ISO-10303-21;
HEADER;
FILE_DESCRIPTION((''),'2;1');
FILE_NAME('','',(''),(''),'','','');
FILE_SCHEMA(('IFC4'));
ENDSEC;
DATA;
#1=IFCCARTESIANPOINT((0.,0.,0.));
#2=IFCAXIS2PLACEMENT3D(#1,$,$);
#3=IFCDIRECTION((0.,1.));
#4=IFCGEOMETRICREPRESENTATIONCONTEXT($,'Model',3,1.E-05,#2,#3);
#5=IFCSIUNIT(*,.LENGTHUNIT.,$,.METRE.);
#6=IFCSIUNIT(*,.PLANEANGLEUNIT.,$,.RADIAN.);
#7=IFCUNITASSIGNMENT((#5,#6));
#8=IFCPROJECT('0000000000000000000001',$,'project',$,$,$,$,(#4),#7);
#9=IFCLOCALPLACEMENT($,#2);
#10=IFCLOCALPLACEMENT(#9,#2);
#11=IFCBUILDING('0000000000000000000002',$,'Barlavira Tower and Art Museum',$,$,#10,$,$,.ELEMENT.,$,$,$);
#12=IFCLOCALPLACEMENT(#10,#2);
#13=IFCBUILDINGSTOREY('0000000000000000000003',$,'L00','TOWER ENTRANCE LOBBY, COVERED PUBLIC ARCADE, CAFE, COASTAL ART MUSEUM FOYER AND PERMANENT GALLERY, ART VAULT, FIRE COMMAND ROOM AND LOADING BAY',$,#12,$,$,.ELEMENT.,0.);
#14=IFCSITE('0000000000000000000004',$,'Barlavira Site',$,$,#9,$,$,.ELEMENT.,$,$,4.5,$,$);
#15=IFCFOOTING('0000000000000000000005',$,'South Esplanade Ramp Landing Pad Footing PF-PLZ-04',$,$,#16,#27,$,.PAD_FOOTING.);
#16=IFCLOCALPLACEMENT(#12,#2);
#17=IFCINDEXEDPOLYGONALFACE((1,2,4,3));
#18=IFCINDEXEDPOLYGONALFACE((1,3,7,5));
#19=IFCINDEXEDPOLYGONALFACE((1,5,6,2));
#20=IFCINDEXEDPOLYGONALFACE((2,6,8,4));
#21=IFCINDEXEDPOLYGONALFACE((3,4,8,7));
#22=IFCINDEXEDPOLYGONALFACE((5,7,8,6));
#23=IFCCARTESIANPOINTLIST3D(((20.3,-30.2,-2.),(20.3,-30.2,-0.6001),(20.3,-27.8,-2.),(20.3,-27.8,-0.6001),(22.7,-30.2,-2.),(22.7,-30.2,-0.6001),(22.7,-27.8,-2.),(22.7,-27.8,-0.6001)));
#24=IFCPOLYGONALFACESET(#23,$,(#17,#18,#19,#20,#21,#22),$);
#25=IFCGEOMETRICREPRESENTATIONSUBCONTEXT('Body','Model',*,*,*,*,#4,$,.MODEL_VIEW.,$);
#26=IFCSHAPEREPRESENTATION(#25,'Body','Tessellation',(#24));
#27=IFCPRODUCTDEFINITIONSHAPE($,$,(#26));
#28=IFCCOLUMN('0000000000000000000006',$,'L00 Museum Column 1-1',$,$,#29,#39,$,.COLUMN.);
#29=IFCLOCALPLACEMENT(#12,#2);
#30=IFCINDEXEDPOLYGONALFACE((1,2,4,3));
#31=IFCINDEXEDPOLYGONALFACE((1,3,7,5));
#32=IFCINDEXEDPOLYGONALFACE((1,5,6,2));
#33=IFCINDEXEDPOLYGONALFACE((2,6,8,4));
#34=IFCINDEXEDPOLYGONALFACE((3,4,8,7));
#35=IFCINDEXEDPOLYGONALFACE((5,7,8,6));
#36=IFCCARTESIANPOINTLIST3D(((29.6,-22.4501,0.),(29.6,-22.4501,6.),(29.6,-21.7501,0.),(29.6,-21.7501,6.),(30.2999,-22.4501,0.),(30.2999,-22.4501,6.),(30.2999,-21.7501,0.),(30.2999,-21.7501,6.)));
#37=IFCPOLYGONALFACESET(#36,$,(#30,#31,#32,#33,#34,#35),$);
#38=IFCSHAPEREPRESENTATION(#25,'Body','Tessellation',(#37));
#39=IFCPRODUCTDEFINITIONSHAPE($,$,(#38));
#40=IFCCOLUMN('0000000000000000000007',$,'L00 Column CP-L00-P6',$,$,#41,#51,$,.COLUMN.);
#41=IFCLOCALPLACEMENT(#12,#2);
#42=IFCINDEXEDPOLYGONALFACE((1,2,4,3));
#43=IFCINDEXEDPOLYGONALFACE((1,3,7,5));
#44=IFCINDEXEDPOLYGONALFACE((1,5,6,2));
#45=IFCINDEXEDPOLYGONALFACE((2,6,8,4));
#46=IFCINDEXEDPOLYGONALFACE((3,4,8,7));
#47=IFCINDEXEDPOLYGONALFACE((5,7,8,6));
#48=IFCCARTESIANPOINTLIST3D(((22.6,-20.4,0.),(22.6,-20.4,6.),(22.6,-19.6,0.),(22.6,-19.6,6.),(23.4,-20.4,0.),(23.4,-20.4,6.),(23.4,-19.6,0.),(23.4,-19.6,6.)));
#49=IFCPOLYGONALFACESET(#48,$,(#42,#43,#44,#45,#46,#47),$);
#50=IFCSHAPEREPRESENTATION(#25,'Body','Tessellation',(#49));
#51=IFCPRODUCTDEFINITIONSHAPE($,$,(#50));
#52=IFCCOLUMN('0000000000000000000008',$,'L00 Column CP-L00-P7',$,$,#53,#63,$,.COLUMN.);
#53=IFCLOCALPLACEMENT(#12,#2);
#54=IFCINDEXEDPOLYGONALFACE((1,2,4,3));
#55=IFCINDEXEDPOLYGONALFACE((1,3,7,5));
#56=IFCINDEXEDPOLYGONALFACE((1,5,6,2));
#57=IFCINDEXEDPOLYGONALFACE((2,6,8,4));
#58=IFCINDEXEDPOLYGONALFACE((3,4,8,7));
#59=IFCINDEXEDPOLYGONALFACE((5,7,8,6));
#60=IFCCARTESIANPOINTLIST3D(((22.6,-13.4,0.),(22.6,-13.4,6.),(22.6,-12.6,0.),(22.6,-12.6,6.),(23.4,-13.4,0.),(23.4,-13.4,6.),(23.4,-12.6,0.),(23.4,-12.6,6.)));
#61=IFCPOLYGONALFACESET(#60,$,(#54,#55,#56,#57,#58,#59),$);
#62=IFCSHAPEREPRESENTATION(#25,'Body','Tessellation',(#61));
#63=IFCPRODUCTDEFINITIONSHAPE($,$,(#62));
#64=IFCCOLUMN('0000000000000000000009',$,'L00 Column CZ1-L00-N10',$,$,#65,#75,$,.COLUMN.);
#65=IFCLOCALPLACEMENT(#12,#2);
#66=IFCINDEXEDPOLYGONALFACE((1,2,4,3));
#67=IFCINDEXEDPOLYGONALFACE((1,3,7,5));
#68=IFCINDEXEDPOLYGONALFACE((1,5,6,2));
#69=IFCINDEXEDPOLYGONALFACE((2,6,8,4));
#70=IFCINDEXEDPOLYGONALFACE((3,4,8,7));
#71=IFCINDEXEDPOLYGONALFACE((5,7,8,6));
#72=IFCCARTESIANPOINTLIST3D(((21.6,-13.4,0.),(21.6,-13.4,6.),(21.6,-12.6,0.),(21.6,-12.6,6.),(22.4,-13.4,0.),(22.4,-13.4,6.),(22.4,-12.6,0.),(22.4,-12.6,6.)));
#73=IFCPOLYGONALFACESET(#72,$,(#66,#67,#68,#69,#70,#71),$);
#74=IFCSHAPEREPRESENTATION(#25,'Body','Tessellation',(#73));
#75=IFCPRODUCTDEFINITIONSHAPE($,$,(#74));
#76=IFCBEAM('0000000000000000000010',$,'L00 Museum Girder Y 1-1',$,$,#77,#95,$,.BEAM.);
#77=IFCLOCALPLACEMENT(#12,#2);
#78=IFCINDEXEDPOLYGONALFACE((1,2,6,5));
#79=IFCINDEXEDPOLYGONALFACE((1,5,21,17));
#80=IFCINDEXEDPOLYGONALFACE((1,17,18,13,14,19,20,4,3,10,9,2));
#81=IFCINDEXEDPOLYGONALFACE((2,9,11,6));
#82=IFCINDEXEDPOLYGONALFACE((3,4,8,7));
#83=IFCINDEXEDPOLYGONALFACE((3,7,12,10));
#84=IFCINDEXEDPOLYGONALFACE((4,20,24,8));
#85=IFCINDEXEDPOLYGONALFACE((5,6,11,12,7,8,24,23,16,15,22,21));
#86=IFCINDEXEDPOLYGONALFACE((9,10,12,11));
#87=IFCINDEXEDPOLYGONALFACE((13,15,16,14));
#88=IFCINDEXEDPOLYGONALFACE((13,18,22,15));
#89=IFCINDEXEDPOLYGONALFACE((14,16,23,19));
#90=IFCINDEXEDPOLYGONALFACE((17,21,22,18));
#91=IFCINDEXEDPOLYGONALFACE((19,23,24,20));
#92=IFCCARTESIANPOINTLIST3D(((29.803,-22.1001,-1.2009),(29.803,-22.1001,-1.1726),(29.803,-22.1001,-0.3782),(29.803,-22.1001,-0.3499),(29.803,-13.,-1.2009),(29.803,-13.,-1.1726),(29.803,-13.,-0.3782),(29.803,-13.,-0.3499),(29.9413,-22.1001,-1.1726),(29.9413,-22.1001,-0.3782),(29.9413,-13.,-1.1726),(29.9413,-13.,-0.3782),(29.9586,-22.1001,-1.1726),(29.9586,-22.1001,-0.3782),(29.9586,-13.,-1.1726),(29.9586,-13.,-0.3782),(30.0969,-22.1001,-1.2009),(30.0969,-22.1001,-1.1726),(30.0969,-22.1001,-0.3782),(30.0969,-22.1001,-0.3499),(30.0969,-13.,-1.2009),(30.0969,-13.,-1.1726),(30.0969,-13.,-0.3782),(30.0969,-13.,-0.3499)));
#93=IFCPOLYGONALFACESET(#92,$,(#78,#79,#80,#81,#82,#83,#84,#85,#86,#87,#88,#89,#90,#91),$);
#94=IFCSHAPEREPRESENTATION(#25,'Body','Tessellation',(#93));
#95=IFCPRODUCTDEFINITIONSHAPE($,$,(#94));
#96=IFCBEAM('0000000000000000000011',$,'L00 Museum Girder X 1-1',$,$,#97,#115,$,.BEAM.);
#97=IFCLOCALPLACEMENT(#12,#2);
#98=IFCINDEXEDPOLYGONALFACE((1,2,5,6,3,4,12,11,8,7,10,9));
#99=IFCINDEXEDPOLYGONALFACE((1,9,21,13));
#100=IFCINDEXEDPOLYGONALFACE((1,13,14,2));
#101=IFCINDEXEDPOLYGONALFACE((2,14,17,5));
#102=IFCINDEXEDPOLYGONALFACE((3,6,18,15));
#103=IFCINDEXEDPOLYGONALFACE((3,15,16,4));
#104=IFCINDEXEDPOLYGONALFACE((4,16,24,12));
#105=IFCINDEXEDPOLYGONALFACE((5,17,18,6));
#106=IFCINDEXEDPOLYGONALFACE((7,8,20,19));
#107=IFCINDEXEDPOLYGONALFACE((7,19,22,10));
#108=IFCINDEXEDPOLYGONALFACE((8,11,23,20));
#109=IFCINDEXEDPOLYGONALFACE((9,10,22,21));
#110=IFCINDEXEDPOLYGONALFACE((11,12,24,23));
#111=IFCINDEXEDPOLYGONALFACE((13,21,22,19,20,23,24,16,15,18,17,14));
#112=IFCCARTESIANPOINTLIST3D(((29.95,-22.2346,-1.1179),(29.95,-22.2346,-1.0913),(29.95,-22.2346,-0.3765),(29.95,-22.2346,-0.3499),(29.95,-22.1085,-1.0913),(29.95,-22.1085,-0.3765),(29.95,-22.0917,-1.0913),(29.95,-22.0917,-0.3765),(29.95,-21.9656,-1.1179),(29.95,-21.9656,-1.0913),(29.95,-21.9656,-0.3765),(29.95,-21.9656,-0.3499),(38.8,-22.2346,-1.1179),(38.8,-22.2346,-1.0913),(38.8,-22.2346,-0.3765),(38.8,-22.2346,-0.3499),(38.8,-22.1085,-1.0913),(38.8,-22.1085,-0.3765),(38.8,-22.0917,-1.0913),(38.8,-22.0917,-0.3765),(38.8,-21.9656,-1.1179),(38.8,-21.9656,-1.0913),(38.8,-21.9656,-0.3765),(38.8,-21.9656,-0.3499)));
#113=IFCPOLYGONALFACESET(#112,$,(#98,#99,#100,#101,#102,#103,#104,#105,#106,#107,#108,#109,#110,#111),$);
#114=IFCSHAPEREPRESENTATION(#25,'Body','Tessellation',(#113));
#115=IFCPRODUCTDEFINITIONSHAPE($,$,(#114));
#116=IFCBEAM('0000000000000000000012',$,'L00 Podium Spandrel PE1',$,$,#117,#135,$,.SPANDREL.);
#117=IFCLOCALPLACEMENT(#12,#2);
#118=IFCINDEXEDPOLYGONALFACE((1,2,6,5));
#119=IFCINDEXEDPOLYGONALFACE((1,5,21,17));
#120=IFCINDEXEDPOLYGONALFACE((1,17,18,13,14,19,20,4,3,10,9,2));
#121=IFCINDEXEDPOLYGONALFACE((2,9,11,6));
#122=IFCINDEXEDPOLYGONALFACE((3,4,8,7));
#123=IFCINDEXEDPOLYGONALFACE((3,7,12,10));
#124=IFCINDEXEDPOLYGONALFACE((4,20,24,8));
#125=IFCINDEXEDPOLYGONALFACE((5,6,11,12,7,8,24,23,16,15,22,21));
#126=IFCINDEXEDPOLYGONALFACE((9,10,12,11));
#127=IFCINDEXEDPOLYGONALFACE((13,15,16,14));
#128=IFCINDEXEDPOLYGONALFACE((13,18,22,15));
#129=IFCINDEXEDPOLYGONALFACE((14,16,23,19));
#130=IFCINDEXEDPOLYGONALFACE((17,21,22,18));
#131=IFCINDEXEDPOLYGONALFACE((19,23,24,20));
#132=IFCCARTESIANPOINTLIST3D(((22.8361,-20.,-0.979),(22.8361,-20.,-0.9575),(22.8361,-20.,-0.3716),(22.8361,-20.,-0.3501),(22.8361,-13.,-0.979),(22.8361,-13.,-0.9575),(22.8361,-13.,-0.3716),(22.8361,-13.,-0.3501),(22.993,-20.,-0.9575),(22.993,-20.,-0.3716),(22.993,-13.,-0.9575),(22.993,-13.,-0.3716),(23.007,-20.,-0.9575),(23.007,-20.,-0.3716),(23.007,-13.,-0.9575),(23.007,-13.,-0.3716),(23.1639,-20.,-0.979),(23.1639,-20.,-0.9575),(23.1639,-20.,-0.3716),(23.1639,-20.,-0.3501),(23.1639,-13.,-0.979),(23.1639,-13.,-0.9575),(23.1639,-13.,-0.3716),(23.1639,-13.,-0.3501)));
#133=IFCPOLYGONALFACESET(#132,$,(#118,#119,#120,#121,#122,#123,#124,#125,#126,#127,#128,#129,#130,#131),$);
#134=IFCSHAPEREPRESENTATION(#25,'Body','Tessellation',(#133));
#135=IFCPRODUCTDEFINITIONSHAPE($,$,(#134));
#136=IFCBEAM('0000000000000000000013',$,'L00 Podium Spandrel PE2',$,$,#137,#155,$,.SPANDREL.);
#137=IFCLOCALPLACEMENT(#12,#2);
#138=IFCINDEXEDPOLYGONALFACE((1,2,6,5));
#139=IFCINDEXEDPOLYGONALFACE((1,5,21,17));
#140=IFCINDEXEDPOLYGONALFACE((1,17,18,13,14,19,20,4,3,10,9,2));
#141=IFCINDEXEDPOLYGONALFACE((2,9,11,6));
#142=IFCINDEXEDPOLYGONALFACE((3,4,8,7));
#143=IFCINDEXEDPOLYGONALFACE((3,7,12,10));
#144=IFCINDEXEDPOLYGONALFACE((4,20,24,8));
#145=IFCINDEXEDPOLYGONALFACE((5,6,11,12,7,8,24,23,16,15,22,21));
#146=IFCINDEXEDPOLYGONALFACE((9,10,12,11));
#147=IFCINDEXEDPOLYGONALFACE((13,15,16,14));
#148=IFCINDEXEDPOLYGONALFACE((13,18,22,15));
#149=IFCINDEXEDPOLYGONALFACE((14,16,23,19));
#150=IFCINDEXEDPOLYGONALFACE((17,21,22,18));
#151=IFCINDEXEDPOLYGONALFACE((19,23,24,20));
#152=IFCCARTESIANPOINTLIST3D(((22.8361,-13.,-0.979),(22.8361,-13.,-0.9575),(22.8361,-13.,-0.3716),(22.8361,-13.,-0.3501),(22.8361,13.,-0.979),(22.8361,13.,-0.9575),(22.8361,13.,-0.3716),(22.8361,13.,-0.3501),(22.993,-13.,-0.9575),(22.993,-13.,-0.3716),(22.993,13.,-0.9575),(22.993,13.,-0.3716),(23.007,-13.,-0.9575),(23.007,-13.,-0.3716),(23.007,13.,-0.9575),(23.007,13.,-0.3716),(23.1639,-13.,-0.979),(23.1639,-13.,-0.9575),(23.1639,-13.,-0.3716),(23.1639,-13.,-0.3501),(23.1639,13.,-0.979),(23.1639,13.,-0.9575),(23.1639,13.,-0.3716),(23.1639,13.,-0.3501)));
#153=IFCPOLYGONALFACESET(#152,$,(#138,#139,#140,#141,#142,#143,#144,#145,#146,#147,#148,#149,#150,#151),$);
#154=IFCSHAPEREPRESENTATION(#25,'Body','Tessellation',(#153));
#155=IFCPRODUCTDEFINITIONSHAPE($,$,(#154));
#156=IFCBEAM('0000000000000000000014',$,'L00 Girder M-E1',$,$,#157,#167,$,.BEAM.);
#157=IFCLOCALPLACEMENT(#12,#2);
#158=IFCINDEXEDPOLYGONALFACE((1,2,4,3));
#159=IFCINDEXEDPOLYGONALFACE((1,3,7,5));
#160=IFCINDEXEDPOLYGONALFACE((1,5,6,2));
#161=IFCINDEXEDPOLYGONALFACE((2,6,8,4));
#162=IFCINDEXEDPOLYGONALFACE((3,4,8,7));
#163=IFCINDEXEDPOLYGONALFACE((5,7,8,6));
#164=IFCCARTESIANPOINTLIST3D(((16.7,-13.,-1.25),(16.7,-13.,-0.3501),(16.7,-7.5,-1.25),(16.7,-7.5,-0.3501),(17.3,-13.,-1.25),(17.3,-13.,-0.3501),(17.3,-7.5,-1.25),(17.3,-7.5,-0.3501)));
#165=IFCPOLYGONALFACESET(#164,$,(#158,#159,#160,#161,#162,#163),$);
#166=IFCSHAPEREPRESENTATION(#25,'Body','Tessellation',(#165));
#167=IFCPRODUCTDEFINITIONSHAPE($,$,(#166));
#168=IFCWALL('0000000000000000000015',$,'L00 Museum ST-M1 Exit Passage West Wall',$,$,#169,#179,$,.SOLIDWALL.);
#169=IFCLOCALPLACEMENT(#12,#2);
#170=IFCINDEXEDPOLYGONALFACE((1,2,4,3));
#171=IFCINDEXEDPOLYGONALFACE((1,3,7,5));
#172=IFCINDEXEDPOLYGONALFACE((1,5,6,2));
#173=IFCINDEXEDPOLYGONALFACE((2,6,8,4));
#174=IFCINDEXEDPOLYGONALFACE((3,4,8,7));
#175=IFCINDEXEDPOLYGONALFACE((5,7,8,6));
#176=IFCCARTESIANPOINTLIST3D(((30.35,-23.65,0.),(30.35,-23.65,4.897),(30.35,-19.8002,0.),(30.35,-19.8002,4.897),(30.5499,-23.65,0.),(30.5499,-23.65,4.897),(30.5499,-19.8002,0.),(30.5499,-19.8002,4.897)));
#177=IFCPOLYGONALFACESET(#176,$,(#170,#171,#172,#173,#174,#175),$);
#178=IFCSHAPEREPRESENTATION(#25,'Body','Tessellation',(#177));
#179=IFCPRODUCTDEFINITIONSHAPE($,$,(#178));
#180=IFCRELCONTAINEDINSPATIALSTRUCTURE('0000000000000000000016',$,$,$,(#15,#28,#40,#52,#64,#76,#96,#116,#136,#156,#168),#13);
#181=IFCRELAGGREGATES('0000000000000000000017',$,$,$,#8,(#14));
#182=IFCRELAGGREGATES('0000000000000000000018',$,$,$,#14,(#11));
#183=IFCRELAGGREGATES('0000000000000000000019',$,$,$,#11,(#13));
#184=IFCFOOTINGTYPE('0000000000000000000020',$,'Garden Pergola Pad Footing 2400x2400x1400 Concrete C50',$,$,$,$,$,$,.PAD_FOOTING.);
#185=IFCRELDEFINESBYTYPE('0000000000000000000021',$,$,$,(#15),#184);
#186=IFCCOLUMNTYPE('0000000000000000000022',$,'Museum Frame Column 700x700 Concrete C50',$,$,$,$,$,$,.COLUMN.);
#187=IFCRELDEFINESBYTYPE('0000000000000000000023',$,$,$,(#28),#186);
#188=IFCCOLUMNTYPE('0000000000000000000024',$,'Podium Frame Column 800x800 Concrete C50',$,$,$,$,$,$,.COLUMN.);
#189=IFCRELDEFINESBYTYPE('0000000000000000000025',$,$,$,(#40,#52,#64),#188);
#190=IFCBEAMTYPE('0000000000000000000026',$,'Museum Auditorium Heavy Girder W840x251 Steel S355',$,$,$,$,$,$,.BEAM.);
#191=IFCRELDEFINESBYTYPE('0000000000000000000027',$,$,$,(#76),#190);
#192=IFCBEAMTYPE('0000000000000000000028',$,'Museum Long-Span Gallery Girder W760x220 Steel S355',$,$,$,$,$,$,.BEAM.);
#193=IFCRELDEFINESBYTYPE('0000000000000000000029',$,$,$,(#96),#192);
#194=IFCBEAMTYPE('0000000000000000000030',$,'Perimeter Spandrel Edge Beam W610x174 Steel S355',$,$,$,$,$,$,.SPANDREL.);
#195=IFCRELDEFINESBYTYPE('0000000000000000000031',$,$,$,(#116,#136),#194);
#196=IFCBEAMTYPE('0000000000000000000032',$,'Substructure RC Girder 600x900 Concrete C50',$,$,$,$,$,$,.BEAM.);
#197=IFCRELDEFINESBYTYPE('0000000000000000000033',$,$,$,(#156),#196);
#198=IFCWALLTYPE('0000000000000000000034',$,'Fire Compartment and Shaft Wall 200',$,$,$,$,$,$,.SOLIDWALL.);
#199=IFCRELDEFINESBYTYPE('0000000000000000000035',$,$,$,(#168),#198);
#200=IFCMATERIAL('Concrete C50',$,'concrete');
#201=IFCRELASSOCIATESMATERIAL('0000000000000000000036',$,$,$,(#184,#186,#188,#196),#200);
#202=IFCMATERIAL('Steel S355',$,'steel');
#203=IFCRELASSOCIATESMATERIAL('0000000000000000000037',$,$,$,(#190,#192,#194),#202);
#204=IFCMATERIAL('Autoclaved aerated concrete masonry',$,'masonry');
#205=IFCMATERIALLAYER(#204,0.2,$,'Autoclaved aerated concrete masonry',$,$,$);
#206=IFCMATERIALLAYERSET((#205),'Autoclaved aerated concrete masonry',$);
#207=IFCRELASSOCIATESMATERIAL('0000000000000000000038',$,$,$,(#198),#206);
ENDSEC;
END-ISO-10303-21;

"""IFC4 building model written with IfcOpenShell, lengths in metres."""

from ifc_helpers import new_model, si_unit, direction, frame, frame_2d, origin, origin_2d, place, context, subcontext, project, spatial, rectangle, i_section, extrude, material, layer, layer_set, material_profile, profile_set, type_object, element, save


model = new_model("IFC4")

# Units and contexts
model_context = context("Model", 3, precision=1e-05, world=origin(), true_north=direction((0.0, 1.0)))
body_context = subcontext(model_context, "Body", "Model", "MODEL_VIEW")
ifc_project = project(units=[si_unit("LENGTHUNIT", "METRE"), si_unit("PLANEANGLEUNIT", "RADIAN")], contexts=[model_context])

# Site, building, storey
site_placement = place(None, origin())
site = spatial("IfcSite", under=ifc_project, at=site_placement, Name="Barlavira Site", CompositionType="ELEMENT", RefElevation=4.5)
building_placement = place(site_placement, origin())
building = spatial("IfcBuilding", under=site, at=building_placement, Name="Barlavira Tower and Art Museum", CompositionType="ELEMENT")
storey_placement = place(building_placement, origin())
storey = spatial("IfcBuildingStorey", under=building, at=storey_placement, Name="L00", Description="TOWER ENTRANCE LOBBY, COVERED PUBLIC ARCADE, CAFE, COASTAL ART MUSEUM FOYER AND PERMANENT GALLERY, ART VAULT, FIRE COMMAND ROOM AND LOADING BAY", CompositionType="ELEMENT", Elevation=0.0)

# Footing
ifc_material_1 = material(Name="Concrete C50", Category="concrete")
footing_type = type_object("IfcFootingType", Name="Garden Pergola Pad Footing 2400x2400x1400 Concrete C50", PredefinedType="PAD_FOOTING", material=ifc_material_1)
footing_placement = place(storey_placement, frame((21.5, -29.0, -2.0), z_axis=(0.0, 0.0, 1.0), x_axis=(1.0, 0.0, 0.0)))
element("IfcFooting", 1, at=footing_placement, inside=storey, type_object=footing_type, Name="South Esplanade Ramp Landing Pad Footing PF-PLZ-04", PredefinedType="PAD_FOOTING", context=body_context, shape_type="SweptSolid", body=[
    extrude(rectangle(XDim=2.3999, YDim=2.3999, at=origin_2d()), origin(), (0.0, 0.0, 1.0), 1.3999),
])

# Columns
ifc_material_profile_1 = material_profile(ifc_material_1, rectangle(XDim=0.7, YDim=0.7, at=origin_2d()), Name="RC-COL 700x700")
ifc_profile_set_1 = profile_set([ifc_material_profile_1], Name="Concrete C50")
column_type_1 = type_object("IfcColumnType", Name="Museum Frame Column 700x700 Concrete C50", PredefinedType="COLUMN", material=ifc_profile_set_1)
column_placement = place(storey_placement, frame((29.95, -22.1001, 0.0), z_axis=(0.0, 0.0, 1.0), x_axis=(1.0, 0.0, 0.0)))
element("IfcColumn", 2, at=column_placement, inside=storey, type_object=column_type_1, Name="L00 Museum Column 1-1", PredefinedType="COLUMN", context=body_context, shape_type="SweptSolid", body=[
    extrude(rectangle(XDim=0.7, YDim=0.7, at=origin_2d()), origin(), (0.0, 0.0, 1.0), 6.0),
])
ifc_material_profile_2 = material_profile(ifc_material_1, rectangle(XDim=0.8, YDim=0.8, at=origin_2d()), Name="RC-COL 800x800")
ifc_profile_set_2 = profile_set([ifc_material_profile_2], Name="Concrete C50")
column_type_2 = type_object("IfcColumnType", Name="Podium Frame Column 800x800 Concrete C50", PredefinedType="COLUMN", material=ifc_profile_set_2)
for number, where, z_axis, x_axis, name in (
    (3, (23.0, -20.0, 0.0), (0.0, 0.0, 1.0), (1.0, 0.0, 0.0), "L00 Column CP-L00-P6"),
    (4, (23.0, -13.0, 0.0), (0.0, 0.0, 1.0), (1.0, 0.0, 0.0), "L00 Column CP-L00-P7"),
    (5, (22.0, -13.0, 0.0), (0.0, 0.0, 1.0), (1.0, 0.0, 0.0), "L00 Column CZ1-L00-N10"),
):
    element("IfcColumn", number, at=place(storey_placement, frame(where, z_axis=z_axis, x_axis=x_axis)), inside=storey, type_object=column_type_2, Name=name, PredefinedType="COLUMN", context=body_context, shape_type="SweptSolid", body=[
        extrude(rectangle(XDim=0.8, YDim=0.8, at=origin_2d()), origin(), (0.0, 0.0, 1.0), 6.0),
    ])

# Beams
ifc_material_2 = material(Name="Steel S355", Category="steel")
ifc_material_profile_3 = material_profile(ifc_material_2, i_section(OverallWidth=0.2939, OverallDepth=0.8511, WebThickness=0.0173, FlangeThickness=0.0283, at=origin_2d()), Name="W840x251.0")
ifc_profile_set_3 = profile_set([ifc_material_profile_3], Name="Steel S355")
beam_type_1 = type_object("IfcBeamType", Name="Museum Auditorium Heavy Girder W840x251 Steel S355", PredefinedType="BEAM", material=ifc_profile_set_3)
beam_1_placement = place(storey_placement, frame((29.95, -22.1001, -0.7754), z_axis=(0.0, 1.0, 0.0), x_axis=(-1.0, 0.0, 0.0)))
element("IfcBeam", 6, at=beam_1_placement, inside=storey, type_object=beam_type_1, Name="L00 Museum Girder Y 1-1", PredefinedType="BEAM", context=body_context, shape_type="SweptSolid", body=[
    extrude(i_section(OverallWidth=0.2939, OverallDepth=0.8511, WebThickness=0.0173, FlangeThickness=0.0283, at=origin_2d()), origin(), (0.0, 0.0, 1.0), 9.1001),
])
ifc_material_profile_4 = material_profile(ifc_material_2, i_section(OverallWidth=0.269, OverallDepth=0.7681, WebThickness=0.0168, FlangeThickness=0.0266, at=origin_2d()), Name="W760x220.0")
ifc_profile_set_4 = profile_set([ifc_material_profile_4], Name="Steel S355")
beam_type_2 = type_object("IfcBeamType", Name="Museum Long-Span Gallery Girder W760x220 Steel S355", PredefinedType="BEAM", material=ifc_profile_set_4)
beam_2_placement = place(storey_placement, frame((29.95, -22.1001, -0.7339), z_axis=(1.0, 0.0, 0.0), x_axis=(0.0, 1.0, 0.0)))
element("IfcBeam", 7, at=beam_2_placement, inside=storey, type_object=beam_type_2, Name="L00 Museum Girder X 1-1", PredefinedType="BEAM", context=body_context, shape_type="SweptSolid", body=[
    extrude(i_section(OverallWidth=0.269, OverallDepth=0.7681, WebThickness=0.0168, FlangeThickness=0.0266, at=origin_2d()), origin(), (0.0, 0.0, 1.0), 8.8501),
])
ifc_material_profile_5 = material_profile(ifc_material_2, i_section(OverallWidth=0.3279, OverallDepth=0.6289, WebThickness=0.0139, FlangeThickness=0.0215, at=origin_2d()), Name="W610x174.0")
ifc_profile_set_5 = profile_set([ifc_material_profile_5], Name="Steel S355")
beam_type_3 = type_object("IfcBeamType", Name="Perimeter Spandrel Edge Beam W610x174 Steel S355", PredefinedType="SPANDREL", material=ifc_profile_set_5)
beam_3_placement = place(storey_placement, frame((23.0, -20.0, -0.6646), z_axis=(0.0, 1.0, 0.0), x_axis=(-1.0, 0.0, 0.0)))
element("IfcBeam", 8, at=beam_3_placement, inside=storey, type_object=beam_type_3, Name="L00 Podium Spandrel PE1", PredefinedType="SPANDREL", context=body_context, shape_type="SweptSolid", body=[
    extrude(i_section(OverallWidth=0.3279, OverallDepth=0.6289, WebThickness=0.0139, FlangeThickness=0.0215, at=origin_2d()), origin(), (0.0, 0.0, 1.0), 7.0),
])
beam_4_placement = place(storey_placement, frame((23.0, -13.0, -0.6646), z_axis=(0.0, 1.0, 0.0), x_axis=(-1.0, 0.0, 0.0)))
element("IfcBeam", 9, at=beam_4_placement, inside=storey, type_object=beam_type_3, Name="L00 Podium Spandrel PE2", PredefinedType="SPANDREL", context=body_context, shape_type="SweptSolid", body=[
    extrude(i_section(OverallWidth=0.3279, OverallDepth=0.6289, WebThickness=0.0139, FlangeThickness=0.0215, at=origin_2d()), origin(), (0.0, 0.0, 1.0), 26.0),
])
ifc_material_profile_6 = material_profile(ifc_material_1, rectangle(XDim=0.6001, YDim=0.8999, at=origin_2d()), Name="RC-BM 600x900")
ifc_profile_set_6 = profile_set([ifc_material_profile_6], Name="Concrete C50")
beam_type_4 = type_object("IfcBeamType", Name="Substructure RC Girder 600x900 Concrete C50", PredefinedType="BEAM", material=ifc_profile_set_6)
beam_5_placement = place(storey_placement, frame((17.0, -13.0, -0.8), z_axis=(0.0, 1.0, 0.0), x_axis=(-1.0, 0.0, 0.0)))
element("IfcBeam", 10, at=beam_5_placement, inside=storey, type_object=beam_type_4, Name="L00 Girder M-E1", PredefinedType="BEAM", context=body_context, shape_type="SweptSolid", body=[
    extrude(rectangle(XDim=0.6001, YDim=0.8999, at=origin_2d()), origin(), (0.0, 0.0, 1.0), 5.5),
])

# Wall
ifc_material_3 = material(Name="Autoclaved aerated concrete masonry", Category="masonry")
ifc_layer_1 = layer(ifc_material_3, 0.2, Name="Autoclaved aerated concrete masonry")
ifc_layer_set_1 = layer_set([ifc_layer_1], Name="Autoclaved aerated concrete masonry")
wall_type_1 = type_object("IfcWallType", Name="Fire Compartment and Shaft Wall 200", PredefinedType="SOLIDWALL", material=ifc_layer_set_1)
wall_1_placement = place(storey_placement, frame((30.45, -23.6499, 0.0), z_axis=(0.0, 0.0, 1.0), x_axis=(0.0, 1.0, 0.0)))
element("IfcWall", 11, at=wall_1_placement, inside=storey, type_object=wall_type_1, Name="L00 Museum ST-M1 Exit Passage West Wall", PredefinedType="SOLIDWALL", context=body_context, shape_type="SweptSolid", body=[
    extrude(rectangle(XDim=3.8499, YDim=0.2, at=frame_2d((1.9248, 0.0))), origin(), (0.0, 0.0, 1.0), 4.897),
])

save(model, "model.ifc")
